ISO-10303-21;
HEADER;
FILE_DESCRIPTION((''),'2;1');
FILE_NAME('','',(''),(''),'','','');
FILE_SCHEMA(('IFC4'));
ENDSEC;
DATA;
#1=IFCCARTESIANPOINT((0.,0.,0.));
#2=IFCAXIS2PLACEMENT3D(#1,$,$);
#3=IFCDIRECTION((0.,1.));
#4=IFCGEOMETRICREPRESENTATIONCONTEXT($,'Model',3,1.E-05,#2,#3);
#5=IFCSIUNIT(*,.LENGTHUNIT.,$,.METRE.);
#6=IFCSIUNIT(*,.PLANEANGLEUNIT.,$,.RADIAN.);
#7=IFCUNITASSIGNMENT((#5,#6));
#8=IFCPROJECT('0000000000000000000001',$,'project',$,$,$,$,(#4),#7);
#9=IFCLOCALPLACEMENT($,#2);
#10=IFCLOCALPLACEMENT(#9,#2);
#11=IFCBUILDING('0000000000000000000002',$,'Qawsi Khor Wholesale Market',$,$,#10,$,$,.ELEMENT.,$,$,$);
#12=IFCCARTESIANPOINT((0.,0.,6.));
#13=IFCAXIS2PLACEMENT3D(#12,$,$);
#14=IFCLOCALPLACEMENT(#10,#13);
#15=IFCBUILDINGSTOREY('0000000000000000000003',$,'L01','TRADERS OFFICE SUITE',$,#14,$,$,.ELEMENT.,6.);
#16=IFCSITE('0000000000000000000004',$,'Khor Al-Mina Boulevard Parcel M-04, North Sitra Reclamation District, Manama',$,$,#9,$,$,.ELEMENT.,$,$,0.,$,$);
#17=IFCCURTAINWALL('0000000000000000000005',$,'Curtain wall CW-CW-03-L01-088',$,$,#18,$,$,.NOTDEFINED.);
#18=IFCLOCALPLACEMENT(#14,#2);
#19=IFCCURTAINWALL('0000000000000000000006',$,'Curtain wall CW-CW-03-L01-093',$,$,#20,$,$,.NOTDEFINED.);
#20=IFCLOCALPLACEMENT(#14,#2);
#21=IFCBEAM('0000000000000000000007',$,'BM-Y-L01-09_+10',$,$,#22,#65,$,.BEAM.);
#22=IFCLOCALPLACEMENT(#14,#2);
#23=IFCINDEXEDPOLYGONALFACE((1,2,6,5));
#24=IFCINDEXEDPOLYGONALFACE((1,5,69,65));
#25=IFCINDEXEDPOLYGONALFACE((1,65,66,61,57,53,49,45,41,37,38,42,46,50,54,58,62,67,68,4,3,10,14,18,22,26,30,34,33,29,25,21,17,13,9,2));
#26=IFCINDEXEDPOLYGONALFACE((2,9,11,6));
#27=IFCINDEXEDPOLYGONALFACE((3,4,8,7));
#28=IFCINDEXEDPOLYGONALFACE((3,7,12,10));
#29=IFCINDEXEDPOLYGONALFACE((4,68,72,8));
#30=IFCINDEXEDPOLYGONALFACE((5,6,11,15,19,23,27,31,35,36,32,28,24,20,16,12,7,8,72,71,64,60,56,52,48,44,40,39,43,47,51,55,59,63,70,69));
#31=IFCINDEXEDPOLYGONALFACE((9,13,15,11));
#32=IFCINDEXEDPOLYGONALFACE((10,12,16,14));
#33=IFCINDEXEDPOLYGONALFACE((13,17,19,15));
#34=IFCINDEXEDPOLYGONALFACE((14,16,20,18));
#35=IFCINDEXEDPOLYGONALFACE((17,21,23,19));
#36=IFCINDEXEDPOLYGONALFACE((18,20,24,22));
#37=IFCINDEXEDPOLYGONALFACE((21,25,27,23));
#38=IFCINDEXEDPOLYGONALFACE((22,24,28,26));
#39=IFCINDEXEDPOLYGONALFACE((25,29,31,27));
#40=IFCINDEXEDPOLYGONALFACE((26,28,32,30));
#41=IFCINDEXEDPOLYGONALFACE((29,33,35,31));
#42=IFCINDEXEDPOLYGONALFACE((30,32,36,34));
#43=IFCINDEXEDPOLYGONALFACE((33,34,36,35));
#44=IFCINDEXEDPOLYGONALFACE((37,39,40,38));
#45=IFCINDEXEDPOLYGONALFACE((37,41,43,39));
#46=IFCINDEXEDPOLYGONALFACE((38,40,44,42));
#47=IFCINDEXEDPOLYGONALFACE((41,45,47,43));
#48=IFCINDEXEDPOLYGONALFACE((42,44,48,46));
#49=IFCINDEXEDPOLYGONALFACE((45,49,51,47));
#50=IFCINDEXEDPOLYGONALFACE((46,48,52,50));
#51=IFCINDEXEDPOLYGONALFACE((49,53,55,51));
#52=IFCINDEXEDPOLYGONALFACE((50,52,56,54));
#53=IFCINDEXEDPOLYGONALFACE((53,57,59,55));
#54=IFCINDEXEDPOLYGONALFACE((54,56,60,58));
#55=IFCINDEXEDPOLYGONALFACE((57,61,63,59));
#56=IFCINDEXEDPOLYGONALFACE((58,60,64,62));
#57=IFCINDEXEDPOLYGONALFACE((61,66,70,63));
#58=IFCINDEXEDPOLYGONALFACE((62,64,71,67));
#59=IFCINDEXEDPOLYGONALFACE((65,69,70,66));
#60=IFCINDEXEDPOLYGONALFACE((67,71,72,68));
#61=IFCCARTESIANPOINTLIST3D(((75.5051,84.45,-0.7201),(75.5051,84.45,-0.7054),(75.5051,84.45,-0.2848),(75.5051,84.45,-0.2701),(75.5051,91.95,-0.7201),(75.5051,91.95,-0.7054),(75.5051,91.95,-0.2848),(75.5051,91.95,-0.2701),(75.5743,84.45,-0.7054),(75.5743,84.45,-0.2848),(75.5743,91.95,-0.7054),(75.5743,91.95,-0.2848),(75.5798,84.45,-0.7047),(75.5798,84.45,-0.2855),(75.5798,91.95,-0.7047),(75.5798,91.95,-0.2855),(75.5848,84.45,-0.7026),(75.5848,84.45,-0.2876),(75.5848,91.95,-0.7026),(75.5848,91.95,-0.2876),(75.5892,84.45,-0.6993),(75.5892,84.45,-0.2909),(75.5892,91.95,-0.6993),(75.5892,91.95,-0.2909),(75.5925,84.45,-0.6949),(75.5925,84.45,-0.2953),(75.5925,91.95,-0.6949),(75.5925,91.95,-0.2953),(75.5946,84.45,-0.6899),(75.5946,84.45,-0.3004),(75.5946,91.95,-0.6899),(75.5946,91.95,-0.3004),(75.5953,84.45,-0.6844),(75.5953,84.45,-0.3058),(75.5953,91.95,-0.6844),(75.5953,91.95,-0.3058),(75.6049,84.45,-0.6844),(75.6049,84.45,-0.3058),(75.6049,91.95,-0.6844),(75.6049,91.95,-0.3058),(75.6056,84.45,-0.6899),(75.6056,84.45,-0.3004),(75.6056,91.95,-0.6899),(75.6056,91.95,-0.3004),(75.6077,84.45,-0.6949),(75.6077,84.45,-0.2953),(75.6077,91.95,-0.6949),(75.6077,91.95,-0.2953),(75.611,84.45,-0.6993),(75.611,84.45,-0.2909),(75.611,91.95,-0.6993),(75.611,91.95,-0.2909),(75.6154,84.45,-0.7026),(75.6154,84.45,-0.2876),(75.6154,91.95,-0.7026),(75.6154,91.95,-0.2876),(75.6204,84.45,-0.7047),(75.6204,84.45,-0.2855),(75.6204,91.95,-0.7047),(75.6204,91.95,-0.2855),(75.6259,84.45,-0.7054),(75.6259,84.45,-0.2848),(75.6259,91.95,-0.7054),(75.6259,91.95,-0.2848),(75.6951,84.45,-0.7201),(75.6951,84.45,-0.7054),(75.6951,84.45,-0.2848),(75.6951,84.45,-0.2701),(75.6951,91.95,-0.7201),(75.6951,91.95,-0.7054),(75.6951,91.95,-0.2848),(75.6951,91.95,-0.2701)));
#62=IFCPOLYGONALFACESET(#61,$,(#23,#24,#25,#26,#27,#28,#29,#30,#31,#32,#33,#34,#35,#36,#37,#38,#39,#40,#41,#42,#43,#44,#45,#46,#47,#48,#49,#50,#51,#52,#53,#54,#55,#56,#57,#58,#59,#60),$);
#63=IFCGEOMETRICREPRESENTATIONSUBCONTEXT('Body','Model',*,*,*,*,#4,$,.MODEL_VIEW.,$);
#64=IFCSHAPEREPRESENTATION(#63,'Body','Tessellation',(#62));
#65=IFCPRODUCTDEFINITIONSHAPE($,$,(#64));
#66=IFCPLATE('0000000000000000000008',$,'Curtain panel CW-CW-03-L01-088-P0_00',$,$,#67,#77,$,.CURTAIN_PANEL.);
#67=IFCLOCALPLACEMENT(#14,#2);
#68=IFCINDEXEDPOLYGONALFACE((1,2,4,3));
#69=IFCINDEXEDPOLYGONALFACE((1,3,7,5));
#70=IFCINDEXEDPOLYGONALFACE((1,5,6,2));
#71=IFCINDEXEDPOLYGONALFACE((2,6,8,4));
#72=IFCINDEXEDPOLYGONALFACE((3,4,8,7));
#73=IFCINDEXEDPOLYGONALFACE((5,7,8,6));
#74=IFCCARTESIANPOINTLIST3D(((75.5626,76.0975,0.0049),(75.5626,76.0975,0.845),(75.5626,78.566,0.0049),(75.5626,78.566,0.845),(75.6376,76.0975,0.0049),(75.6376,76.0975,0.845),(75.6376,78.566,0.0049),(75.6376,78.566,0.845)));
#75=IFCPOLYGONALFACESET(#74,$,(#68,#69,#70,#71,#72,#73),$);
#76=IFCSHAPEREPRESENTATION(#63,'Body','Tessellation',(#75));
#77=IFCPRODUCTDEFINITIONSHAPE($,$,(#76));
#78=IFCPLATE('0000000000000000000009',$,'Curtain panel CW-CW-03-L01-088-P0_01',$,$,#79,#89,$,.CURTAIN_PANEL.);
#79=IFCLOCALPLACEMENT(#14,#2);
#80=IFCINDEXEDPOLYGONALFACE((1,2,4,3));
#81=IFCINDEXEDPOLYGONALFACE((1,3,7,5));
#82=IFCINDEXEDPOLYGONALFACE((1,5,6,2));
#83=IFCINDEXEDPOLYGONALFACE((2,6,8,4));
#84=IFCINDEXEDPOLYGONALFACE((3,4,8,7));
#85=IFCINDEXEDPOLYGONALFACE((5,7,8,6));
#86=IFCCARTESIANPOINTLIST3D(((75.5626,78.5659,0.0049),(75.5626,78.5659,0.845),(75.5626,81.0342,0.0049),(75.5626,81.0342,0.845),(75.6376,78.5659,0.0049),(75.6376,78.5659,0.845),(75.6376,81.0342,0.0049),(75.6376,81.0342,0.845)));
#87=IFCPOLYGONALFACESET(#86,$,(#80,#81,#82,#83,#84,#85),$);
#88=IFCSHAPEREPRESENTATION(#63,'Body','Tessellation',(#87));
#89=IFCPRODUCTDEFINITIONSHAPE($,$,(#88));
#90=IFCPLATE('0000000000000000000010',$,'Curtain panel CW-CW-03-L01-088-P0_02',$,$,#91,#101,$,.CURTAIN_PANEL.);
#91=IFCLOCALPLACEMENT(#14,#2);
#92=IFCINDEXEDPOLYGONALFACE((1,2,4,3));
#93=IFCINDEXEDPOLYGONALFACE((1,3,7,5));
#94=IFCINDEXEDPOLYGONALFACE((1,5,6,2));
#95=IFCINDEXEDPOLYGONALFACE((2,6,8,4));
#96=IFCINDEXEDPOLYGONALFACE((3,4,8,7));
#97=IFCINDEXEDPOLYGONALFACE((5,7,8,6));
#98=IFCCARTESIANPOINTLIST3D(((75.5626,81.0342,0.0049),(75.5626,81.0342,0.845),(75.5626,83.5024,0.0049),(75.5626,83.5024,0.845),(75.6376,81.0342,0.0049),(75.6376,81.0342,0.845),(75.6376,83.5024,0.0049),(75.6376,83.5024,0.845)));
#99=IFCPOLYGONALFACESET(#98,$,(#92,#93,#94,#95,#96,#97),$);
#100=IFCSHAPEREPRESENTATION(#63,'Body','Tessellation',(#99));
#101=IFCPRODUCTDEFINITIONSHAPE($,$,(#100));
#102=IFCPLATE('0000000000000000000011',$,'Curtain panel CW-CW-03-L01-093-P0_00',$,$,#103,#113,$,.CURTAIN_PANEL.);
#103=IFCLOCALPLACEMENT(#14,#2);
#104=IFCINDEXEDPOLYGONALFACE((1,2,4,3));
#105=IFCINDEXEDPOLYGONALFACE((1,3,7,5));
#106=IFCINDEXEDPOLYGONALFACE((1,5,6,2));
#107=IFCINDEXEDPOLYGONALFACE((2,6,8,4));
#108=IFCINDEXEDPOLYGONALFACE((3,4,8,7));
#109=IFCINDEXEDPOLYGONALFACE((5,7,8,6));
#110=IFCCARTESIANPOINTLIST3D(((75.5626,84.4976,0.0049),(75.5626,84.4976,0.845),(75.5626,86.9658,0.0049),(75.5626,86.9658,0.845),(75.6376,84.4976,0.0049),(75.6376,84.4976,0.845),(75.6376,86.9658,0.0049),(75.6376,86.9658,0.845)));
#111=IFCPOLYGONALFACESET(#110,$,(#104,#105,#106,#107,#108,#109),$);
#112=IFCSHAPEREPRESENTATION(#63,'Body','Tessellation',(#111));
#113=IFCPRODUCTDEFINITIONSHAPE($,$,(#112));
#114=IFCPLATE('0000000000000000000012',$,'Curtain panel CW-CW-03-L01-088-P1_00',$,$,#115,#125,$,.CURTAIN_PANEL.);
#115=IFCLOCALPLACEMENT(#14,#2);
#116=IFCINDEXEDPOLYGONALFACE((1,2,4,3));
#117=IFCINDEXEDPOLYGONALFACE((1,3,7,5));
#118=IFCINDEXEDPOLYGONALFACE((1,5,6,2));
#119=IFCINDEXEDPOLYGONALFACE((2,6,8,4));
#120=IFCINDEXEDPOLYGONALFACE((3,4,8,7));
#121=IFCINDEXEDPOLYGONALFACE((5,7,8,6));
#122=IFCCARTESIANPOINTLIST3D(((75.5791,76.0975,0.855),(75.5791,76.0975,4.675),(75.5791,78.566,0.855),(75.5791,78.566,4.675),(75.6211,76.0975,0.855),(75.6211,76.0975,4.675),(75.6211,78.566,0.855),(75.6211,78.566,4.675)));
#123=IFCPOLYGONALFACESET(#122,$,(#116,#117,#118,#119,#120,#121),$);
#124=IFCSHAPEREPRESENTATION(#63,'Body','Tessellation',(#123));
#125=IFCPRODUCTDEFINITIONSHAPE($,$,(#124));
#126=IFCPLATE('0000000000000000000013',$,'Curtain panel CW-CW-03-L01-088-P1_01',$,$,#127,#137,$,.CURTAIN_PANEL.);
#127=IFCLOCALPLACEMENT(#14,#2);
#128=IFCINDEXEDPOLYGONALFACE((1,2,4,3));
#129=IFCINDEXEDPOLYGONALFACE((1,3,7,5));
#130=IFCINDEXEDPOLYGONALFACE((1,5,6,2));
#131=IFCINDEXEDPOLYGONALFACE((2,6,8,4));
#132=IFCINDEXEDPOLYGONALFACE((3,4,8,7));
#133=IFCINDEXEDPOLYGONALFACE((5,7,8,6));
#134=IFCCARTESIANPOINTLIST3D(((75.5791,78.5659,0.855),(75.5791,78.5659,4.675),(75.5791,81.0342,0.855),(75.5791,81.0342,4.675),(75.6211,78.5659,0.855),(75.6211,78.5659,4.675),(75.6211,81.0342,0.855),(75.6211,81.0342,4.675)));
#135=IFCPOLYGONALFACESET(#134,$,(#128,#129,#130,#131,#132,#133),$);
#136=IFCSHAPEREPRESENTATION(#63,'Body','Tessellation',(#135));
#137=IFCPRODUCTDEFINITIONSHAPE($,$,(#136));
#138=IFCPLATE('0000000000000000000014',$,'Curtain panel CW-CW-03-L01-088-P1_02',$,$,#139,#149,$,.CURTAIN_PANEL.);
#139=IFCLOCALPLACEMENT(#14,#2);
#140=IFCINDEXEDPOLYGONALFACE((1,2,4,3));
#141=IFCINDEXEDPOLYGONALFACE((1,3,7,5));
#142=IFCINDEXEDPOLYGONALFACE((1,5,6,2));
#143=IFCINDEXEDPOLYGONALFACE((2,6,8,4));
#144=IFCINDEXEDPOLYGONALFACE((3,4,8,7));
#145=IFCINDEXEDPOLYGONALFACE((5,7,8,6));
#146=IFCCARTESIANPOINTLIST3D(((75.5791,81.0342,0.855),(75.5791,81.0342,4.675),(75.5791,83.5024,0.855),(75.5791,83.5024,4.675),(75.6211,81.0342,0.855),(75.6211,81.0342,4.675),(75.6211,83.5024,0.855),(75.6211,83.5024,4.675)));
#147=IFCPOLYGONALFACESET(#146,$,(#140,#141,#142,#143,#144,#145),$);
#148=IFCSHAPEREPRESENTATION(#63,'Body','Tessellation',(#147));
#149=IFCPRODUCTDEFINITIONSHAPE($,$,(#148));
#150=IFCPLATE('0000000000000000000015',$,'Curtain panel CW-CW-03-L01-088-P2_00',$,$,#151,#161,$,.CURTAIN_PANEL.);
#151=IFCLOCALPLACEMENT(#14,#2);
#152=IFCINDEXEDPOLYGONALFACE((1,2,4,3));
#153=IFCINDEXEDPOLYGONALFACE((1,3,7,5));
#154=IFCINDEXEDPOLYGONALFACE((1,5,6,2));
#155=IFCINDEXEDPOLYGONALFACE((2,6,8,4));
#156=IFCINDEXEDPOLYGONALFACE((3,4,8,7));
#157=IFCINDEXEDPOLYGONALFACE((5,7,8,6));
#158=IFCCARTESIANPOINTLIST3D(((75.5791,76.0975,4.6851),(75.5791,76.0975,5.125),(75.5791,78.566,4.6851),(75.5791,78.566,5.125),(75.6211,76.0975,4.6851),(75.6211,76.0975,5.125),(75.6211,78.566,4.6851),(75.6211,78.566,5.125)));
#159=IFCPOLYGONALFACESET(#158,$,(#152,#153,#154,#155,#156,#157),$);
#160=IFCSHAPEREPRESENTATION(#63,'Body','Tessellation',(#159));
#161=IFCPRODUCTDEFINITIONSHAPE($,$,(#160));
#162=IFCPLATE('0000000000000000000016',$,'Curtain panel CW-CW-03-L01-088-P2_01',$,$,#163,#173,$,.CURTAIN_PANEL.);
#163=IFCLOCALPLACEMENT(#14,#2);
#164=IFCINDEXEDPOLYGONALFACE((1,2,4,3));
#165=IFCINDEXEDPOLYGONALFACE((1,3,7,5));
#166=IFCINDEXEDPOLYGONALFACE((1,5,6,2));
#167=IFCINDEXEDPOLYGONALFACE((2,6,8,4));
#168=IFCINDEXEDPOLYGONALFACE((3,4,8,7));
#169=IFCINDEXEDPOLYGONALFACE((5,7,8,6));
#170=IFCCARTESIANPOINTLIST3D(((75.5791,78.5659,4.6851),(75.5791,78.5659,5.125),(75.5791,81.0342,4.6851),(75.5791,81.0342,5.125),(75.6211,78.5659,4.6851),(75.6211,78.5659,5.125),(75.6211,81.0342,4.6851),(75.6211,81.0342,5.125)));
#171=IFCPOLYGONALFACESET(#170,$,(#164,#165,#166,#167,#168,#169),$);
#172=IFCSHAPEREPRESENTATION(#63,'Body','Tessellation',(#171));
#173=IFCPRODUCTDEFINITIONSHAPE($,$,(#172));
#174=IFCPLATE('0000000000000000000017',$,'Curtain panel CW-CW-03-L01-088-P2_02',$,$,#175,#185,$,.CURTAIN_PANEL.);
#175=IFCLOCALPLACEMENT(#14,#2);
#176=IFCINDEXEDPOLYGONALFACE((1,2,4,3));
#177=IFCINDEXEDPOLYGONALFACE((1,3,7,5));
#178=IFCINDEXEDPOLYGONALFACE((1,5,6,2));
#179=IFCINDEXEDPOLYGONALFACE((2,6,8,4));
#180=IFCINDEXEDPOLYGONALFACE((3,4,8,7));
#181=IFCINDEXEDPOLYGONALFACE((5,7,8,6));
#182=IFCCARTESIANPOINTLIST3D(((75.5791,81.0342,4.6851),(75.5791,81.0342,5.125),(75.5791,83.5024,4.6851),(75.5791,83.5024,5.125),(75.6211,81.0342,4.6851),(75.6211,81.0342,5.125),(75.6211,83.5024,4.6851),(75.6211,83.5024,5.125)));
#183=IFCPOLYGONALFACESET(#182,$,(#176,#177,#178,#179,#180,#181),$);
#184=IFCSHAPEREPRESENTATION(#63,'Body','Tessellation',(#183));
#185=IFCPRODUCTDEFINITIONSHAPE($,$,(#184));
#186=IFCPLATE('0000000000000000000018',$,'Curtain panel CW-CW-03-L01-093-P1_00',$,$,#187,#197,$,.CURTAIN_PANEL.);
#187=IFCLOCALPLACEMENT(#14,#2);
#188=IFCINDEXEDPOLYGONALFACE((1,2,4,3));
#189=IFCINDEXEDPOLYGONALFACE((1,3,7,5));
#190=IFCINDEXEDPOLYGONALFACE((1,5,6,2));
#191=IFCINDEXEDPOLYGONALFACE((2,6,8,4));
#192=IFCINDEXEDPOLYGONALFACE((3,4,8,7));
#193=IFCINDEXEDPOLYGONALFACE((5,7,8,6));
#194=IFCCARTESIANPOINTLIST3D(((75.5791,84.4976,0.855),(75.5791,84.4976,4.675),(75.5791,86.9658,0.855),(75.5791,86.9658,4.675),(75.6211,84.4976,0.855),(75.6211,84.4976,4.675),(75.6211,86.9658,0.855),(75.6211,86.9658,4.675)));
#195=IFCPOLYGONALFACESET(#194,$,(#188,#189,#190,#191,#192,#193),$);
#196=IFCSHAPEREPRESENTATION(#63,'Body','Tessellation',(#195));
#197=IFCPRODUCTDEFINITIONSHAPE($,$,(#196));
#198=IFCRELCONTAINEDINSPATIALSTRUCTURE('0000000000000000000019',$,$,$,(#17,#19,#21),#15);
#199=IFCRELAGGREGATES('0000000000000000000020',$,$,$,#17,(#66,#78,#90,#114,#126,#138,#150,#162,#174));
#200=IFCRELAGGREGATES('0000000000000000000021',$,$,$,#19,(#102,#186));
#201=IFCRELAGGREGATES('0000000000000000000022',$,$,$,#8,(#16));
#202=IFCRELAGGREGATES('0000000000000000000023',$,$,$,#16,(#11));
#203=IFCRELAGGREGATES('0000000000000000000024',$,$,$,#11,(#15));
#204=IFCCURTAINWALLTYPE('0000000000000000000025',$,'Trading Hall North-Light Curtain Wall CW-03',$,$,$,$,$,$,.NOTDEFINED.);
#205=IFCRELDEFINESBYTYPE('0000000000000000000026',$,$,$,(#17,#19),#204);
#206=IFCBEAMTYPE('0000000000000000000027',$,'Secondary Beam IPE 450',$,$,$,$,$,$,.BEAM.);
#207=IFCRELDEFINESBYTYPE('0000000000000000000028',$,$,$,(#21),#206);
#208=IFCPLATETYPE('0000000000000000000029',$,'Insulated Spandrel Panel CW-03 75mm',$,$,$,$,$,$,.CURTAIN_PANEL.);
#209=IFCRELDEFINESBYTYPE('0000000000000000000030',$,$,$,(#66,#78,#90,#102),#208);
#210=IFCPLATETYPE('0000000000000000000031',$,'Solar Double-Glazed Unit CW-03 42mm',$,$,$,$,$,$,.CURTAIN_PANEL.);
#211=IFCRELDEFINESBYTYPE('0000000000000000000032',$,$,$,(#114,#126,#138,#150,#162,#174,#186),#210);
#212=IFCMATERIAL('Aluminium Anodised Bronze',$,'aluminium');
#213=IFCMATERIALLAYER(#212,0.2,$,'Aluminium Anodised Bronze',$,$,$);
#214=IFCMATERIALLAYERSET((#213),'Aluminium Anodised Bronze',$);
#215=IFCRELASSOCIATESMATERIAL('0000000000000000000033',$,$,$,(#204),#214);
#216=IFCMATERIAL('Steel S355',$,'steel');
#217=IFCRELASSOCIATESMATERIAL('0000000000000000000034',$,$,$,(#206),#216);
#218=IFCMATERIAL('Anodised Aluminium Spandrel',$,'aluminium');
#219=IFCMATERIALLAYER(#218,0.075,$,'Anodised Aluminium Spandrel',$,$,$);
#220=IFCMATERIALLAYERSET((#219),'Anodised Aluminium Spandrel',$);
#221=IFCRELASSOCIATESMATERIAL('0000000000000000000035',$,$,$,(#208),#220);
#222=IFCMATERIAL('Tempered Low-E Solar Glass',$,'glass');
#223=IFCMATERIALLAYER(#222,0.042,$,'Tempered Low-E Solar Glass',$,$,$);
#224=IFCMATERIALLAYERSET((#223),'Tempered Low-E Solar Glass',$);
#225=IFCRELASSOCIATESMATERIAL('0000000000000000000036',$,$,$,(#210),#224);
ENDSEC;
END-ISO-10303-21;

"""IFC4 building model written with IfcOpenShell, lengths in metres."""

from ifc_helpers import new_model, si_unit, direction, frame, frame_2d, origin, origin_2d, place, context, subcontext, project, spatial, rectangle, i_section, extrude, material, layer, layer_set, material_profile, profile_set, type_object, element, aggregate, save


model = new_model("IFC4")

# Units and contexts
model_context = context("Model", 3, precision=1e-05, world=origin(), true_north=direction((0.0, 1.0)))
body_context = subcontext(model_context, "Body", "Model", "MODEL_VIEW")
ifc_project = project(units=[si_unit("LENGTHUNIT", "METRE"), si_unit("PLANEANGLEUNIT", "RADIAN")], contexts=[model_context])

# Site, building, storey
site_placement = place(None, origin())
site = spatial("IfcSite", under=ifc_project, at=site_placement, Name="Khor Al-Mina Boulevard Parcel M-04, North Sitra Reclamation District, Manama", CompositionType="ELEMENT", RefElevation=0.0)
building_placement = place(site_placement, origin())
building = spatial("IfcBuilding", under=site, at=building_placement, Name="Qawsi Khor Wholesale Market", CompositionType="ELEMENT")
storey_placement = place(building_placement, frame((0.0, 0.0, 6.0)))
storey = spatial("IfcBuildingStorey", under=building, at=storey_placement, Name="L01", Description="TRADERS OFFICE SUITE", CompositionType="ELEMENT", Elevation=6.0)

# Curtain walls
ifc_material_1 = material(Name="Aluminium Anodised Bronze", Category="aluminium")
ifc_layer_1 = layer(ifc_material_1, 0.2, Name="Aluminium Anodised Bronze")
ifc_layer_set_1 = layer_set([ifc_layer_1], Name="Aluminium Anodised Bronze")
curtain_wall_type = type_object("IfcCurtainWallType", Name="Trading Hall North-Light Curtain Wall CW-03", PredefinedType="NOTDEFINED", material=ifc_layer_set_1)
curtain_wall_1_placement = place(storey_placement, origin())
curtain_wall_1 = element("IfcCurtainWall", 1, at=curtain_wall_1_placement, inside=storey, type_object=curtain_wall_type, Name="Curtain wall CW-CW-03-L01-088", PredefinedType="NOTDEFINED")
curtain_wall_2_placement = place(storey_placement, origin())
curtain_wall_2 = element("IfcCurtainWall", 2, at=curtain_wall_2_placement, inside=storey, type_object=curtain_wall_type, Name="Curtain wall CW-CW-03-L01-093", PredefinedType="NOTDEFINED")

# Beam
ifc_material_2 = material(Name="Steel S355", Category="steel")
ifc_material_profile_1 = material_profile(ifc_material_2, i_section(OverallWidth=0.1899, OverallDepth=0.45, WebThickness=0.0095, FlangeThickness=0.0146, FilletRadius=0.021, at=origin_2d()), Name="IPE 450")
ifc_profile_set_1 = profile_set([ifc_material_profile_1], Name="Steel S355")
beam_type = type_object("IfcBeamType", Name="Secondary Beam IPE 450", PredefinedType="BEAM", material=ifc_profile_set_1)
for number, where, z_axis, x_axis, name in (
    (3, (75.6001, 84.45, -0.4951), (0.0, 1.0, 0.0), (-1.0, 0.0, 0.0), "BM-Y-L01-09_+10"),
):
    element("IfcBeam", number, at=place(storey_placement, frame(where, z_axis=z_axis, x_axis=x_axis)), inside=storey, type_object=beam_type, Name=name, PredefinedType="BEAM", context=body_context, shape_type="SweptSolid", body=[
        extrude(i_section(OverallWidth=0.1899, OverallDepth=0.45, WebThickness=0.0095, FlangeThickness=0.0146, FilletRadius=0.021, at=origin_2d()), origin(), (0.0, 0.0, 1.0), 7.5),
    ])

# Plates
ifc_material_3 = material(Name="Anodised Aluminium Spandrel", Category="aluminium")
ifc_layer_2 = layer(ifc_material_3, 0.075, Name="Anodised Aluminium Spandrel")
ifc_layer_set_2 = layer_set([ifc_layer_2], Name="Anodised Aluminium Spandrel")
plate_type_1 = type_object("IfcPlateType", Name="Insulated Spandrel Panel CW-03 75mm", PredefinedType="CURTAIN_PANEL", material=ifc_layer_set_2)
plate_1_placement = place(storey_placement, frame((75.6001, 76.0974, 0.0049), z_axis=(0.0, 0.0, 1.0), x_axis=(0.0, 1.0, 0.0)))
plate_1 = element("IfcPlate", 4, at=plate_1_placement, type_object=plate_type_1, Name="Curtain panel CW-CW-03-L01-088-P0_00", PredefinedType="CURTAIN_PANEL", context=body_context, shape_type="SweptSolid", body=[
    extrude(rectangle(XDim=2.4685, YDim=0.075, at=frame_2d((1.2344, 0.0))), origin(), (0.0, 0.0, 1.0), 0.8401),
])
plate_2_placement = place(storey_placement, frame((75.6001, 78.5659, 0.0049), z_axis=(0.0, 0.0, 1.0), x_axis=(0.0, 1.0, 0.0)))
plate_2 = element("IfcPlate", 5, at=plate_2_placement, type_object=plate_type_1, Name="Curtain panel CW-CW-03-L01-088-P0_01", PredefinedType="CURTAIN_PANEL", context=body_context, shape_type="SweptSolid", body=[
    extrude(rectangle(XDim=2.4683, YDim=0.075, at=frame_2d((1.2341, 0.0))), origin(), (0.0, 0.0, 1.0), 0.8401),
])
plate_3_placement = place(storey_placement, frame((75.6001, 81.0342, 0.0049), z_axis=(0.0, 0.0, 1.0), x_axis=(0.0, 1.0, 0.0)))
plate_3 = element("IfcPlate", 6, at=plate_3_placement, type_object=plate_type_1, Name="Curtain panel CW-CW-03-L01-088-P0_02", PredefinedType="CURTAIN_PANEL", context=body_context, shape_type="SweptSolid", body=[
    extrude(rectangle(XDim=2.4683, YDim=0.075, at=frame_2d((1.2341, 0.0))), origin(), (0.0, 0.0, 1.0), 0.8401),
])
plate_4_placement = place(storey_placement, frame((75.6001, 84.4976, 0.0049), z_axis=(0.0, 0.0, 1.0), x_axis=(0.0, 1.0, 0.0)))
plate_4 = element("IfcPlate", 7, at=plate_4_placement, type_object=plate_type_1, Name="Curtain panel CW-CW-03-L01-093-P0_00", PredefinedType="CURTAIN_PANEL", context=body_context, shape_type="SweptSolid", body=[
    extrude(rectangle(XDim=2.4683, YDim=0.075, at=frame_2d((1.2341, 0.0))), origin(), (0.0, 0.0, 1.0), 0.8401),
])
ifc_material_4 = material(Name="Tempered Low-E Solar Glass", Category="glass")
ifc_layer_3 = layer(ifc_material_4, 0.042, Name="Tempered Low-E Solar Glass")
ifc_layer_set_3 = layer_set([ifc_layer_3], Name="Tempered Low-E Solar Glass")
plate_type_2 = type_object("IfcPlateType", Name="Solar Double-Glazed Unit CW-03 42mm", PredefinedType="CURTAIN_PANEL", material=ifc_layer_set_3)
plate_5_placement = place(storey_placement, frame((75.6001, 76.0974, 0.855), z_axis=(0.0, 0.0, 1.0), x_axis=(0.0, 1.0, 0.0)))
plate_5 = element("IfcPlate", 8, at=plate_5_placement, type_object=plate_type_2, Name="Curtain panel CW-CW-03-L01-088-P1_00", PredefinedType="CURTAIN_PANEL", context=body_context, shape_type="SweptSolid", body=[
    extrude(rectangle(XDim=2.4685, YDim=0.042, at=frame_2d((1.2344, 0.0))), origin(), (0.0, 0.0, 1.0), 3.8201),
])
plate_6_placement = place(storey_placement, frame((75.6001, 78.5659, 0.855), z_axis=(0.0, 0.0, 1.0), x_axis=(0.0, 1.0, 0.0)))
plate_6 = element("IfcPlate", 9, at=plate_6_placement, type_object=plate_type_2, Name="Curtain panel CW-CW-03-L01-088-P1_01", PredefinedType="CURTAIN_PANEL", context=body_context, shape_type="SweptSolid", body=[
    extrude(rectangle(XDim=2.4683, YDim=0.042, at=frame_2d((1.2341, 0.0))), origin(), (0.0, 0.0, 1.0), 3.8201),
])
plate_7_placement = place(storey_placement, frame((75.6001, 81.0342, 0.855), z_axis=(0.0, 0.0, 1.0), x_axis=(0.0, 1.0, 0.0)))
plate_7 = element("IfcPlate", 10, at=plate_7_placement, type_object=plate_type_2, Name="Curtain panel CW-CW-03-L01-088-P1_02", PredefinedType="CURTAIN_PANEL", context=body_context, shape_type="SweptSolid", body=[
    extrude(rectangle(XDim=2.4683, YDim=0.042, at=frame_2d((1.2341, 0.0))), origin(), (0.0, 0.0, 1.0), 3.8201),
])
plate_8_placement = place(storey_placement, frame((75.6001, 76.0974, 4.6851), z_axis=(0.0, 0.0, 1.0), x_axis=(0.0, 1.0, 0.0)))
plate_8 = element("IfcPlate", 11, at=plate_8_placement, type_object=plate_type_2, Name="Curtain panel CW-CW-03-L01-088-P2_00", PredefinedType="CURTAIN_PANEL", context=body_context, shape_type="SweptSolid", body=[
    extrude(rectangle(XDim=2.4685, YDim=0.042, at=frame_2d((1.2344, 0.0))), origin(), (0.0, 0.0, 1.0), 0.4399),
])
plate_9_placement = place(storey_placement, frame((75.6001, 78.5659, 4.6851), z_axis=(0.0, 0.0, 1.0), x_axis=(0.0, 1.0, 0.0)))
plate_9 = element("IfcPlate", 12, at=plate_9_placement, type_object=plate_type_2, Name="Curtain panel CW-CW-03-L01-088-P2_01", PredefinedType="CURTAIN_PANEL", context=body_context, shape_type="SweptSolid", body=[
    extrude(rectangle(XDim=2.4683, YDim=0.042, at=frame_2d((1.2341, 0.0))), origin(), (0.0, 0.0, 1.0), 0.4399),
])
plate_10_placement = place(storey_placement, frame((75.6001, 81.0342, 4.6851), z_axis=(0.0, 0.0, 1.0), x_axis=(0.0, 1.0, 0.0)))
plate_10 = element("IfcPlate", 13, at=plate_10_placement, type_object=plate_type_2, Name="Curtain panel CW-CW-03-L01-088-P2_02", PredefinedType="CURTAIN_PANEL", context=body_context, shape_type="SweptSolid", body=[
    extrude(rectangle(XDim=2.4683, YDim=0.042, at=frame_2d((1.2341, 0.0))), origin(), (0.0, 0.0, 1.0), 0.4399),
])
aggregate(curtain_wall_1, [plate_1, plate_2, plate_3, plate_5, plate_6, plate_7, plate_8, plate_9, plate_10])
plate_11_placement = place(storey_placement, frame((75.6001, 84.4976, 0.855), z_axis=(0.0, 0.0, 1.0), x_axis=(0.0, 1.0, 0.0)))
plate_11 = element("IfcPlate", 14, at=plate_11_placement, type_object=plate_type_2, Name="Curtain panel CW-CW-03-L01-093-P1_00", PredefinedType="CURTAIN_PANEL", context=body_context, shape_type="SweptSolid", body=[
    extrude(rectangle(XDim=2.4683, YDim=0.042, at=frame_2d((1.2341, 0.0))), origin(), (0.0, 0.0, 1.0), 3.8201),
])
aggregate(curtain_wall_2, [plate_4, plate_11])

save(model, "model.ifc")
